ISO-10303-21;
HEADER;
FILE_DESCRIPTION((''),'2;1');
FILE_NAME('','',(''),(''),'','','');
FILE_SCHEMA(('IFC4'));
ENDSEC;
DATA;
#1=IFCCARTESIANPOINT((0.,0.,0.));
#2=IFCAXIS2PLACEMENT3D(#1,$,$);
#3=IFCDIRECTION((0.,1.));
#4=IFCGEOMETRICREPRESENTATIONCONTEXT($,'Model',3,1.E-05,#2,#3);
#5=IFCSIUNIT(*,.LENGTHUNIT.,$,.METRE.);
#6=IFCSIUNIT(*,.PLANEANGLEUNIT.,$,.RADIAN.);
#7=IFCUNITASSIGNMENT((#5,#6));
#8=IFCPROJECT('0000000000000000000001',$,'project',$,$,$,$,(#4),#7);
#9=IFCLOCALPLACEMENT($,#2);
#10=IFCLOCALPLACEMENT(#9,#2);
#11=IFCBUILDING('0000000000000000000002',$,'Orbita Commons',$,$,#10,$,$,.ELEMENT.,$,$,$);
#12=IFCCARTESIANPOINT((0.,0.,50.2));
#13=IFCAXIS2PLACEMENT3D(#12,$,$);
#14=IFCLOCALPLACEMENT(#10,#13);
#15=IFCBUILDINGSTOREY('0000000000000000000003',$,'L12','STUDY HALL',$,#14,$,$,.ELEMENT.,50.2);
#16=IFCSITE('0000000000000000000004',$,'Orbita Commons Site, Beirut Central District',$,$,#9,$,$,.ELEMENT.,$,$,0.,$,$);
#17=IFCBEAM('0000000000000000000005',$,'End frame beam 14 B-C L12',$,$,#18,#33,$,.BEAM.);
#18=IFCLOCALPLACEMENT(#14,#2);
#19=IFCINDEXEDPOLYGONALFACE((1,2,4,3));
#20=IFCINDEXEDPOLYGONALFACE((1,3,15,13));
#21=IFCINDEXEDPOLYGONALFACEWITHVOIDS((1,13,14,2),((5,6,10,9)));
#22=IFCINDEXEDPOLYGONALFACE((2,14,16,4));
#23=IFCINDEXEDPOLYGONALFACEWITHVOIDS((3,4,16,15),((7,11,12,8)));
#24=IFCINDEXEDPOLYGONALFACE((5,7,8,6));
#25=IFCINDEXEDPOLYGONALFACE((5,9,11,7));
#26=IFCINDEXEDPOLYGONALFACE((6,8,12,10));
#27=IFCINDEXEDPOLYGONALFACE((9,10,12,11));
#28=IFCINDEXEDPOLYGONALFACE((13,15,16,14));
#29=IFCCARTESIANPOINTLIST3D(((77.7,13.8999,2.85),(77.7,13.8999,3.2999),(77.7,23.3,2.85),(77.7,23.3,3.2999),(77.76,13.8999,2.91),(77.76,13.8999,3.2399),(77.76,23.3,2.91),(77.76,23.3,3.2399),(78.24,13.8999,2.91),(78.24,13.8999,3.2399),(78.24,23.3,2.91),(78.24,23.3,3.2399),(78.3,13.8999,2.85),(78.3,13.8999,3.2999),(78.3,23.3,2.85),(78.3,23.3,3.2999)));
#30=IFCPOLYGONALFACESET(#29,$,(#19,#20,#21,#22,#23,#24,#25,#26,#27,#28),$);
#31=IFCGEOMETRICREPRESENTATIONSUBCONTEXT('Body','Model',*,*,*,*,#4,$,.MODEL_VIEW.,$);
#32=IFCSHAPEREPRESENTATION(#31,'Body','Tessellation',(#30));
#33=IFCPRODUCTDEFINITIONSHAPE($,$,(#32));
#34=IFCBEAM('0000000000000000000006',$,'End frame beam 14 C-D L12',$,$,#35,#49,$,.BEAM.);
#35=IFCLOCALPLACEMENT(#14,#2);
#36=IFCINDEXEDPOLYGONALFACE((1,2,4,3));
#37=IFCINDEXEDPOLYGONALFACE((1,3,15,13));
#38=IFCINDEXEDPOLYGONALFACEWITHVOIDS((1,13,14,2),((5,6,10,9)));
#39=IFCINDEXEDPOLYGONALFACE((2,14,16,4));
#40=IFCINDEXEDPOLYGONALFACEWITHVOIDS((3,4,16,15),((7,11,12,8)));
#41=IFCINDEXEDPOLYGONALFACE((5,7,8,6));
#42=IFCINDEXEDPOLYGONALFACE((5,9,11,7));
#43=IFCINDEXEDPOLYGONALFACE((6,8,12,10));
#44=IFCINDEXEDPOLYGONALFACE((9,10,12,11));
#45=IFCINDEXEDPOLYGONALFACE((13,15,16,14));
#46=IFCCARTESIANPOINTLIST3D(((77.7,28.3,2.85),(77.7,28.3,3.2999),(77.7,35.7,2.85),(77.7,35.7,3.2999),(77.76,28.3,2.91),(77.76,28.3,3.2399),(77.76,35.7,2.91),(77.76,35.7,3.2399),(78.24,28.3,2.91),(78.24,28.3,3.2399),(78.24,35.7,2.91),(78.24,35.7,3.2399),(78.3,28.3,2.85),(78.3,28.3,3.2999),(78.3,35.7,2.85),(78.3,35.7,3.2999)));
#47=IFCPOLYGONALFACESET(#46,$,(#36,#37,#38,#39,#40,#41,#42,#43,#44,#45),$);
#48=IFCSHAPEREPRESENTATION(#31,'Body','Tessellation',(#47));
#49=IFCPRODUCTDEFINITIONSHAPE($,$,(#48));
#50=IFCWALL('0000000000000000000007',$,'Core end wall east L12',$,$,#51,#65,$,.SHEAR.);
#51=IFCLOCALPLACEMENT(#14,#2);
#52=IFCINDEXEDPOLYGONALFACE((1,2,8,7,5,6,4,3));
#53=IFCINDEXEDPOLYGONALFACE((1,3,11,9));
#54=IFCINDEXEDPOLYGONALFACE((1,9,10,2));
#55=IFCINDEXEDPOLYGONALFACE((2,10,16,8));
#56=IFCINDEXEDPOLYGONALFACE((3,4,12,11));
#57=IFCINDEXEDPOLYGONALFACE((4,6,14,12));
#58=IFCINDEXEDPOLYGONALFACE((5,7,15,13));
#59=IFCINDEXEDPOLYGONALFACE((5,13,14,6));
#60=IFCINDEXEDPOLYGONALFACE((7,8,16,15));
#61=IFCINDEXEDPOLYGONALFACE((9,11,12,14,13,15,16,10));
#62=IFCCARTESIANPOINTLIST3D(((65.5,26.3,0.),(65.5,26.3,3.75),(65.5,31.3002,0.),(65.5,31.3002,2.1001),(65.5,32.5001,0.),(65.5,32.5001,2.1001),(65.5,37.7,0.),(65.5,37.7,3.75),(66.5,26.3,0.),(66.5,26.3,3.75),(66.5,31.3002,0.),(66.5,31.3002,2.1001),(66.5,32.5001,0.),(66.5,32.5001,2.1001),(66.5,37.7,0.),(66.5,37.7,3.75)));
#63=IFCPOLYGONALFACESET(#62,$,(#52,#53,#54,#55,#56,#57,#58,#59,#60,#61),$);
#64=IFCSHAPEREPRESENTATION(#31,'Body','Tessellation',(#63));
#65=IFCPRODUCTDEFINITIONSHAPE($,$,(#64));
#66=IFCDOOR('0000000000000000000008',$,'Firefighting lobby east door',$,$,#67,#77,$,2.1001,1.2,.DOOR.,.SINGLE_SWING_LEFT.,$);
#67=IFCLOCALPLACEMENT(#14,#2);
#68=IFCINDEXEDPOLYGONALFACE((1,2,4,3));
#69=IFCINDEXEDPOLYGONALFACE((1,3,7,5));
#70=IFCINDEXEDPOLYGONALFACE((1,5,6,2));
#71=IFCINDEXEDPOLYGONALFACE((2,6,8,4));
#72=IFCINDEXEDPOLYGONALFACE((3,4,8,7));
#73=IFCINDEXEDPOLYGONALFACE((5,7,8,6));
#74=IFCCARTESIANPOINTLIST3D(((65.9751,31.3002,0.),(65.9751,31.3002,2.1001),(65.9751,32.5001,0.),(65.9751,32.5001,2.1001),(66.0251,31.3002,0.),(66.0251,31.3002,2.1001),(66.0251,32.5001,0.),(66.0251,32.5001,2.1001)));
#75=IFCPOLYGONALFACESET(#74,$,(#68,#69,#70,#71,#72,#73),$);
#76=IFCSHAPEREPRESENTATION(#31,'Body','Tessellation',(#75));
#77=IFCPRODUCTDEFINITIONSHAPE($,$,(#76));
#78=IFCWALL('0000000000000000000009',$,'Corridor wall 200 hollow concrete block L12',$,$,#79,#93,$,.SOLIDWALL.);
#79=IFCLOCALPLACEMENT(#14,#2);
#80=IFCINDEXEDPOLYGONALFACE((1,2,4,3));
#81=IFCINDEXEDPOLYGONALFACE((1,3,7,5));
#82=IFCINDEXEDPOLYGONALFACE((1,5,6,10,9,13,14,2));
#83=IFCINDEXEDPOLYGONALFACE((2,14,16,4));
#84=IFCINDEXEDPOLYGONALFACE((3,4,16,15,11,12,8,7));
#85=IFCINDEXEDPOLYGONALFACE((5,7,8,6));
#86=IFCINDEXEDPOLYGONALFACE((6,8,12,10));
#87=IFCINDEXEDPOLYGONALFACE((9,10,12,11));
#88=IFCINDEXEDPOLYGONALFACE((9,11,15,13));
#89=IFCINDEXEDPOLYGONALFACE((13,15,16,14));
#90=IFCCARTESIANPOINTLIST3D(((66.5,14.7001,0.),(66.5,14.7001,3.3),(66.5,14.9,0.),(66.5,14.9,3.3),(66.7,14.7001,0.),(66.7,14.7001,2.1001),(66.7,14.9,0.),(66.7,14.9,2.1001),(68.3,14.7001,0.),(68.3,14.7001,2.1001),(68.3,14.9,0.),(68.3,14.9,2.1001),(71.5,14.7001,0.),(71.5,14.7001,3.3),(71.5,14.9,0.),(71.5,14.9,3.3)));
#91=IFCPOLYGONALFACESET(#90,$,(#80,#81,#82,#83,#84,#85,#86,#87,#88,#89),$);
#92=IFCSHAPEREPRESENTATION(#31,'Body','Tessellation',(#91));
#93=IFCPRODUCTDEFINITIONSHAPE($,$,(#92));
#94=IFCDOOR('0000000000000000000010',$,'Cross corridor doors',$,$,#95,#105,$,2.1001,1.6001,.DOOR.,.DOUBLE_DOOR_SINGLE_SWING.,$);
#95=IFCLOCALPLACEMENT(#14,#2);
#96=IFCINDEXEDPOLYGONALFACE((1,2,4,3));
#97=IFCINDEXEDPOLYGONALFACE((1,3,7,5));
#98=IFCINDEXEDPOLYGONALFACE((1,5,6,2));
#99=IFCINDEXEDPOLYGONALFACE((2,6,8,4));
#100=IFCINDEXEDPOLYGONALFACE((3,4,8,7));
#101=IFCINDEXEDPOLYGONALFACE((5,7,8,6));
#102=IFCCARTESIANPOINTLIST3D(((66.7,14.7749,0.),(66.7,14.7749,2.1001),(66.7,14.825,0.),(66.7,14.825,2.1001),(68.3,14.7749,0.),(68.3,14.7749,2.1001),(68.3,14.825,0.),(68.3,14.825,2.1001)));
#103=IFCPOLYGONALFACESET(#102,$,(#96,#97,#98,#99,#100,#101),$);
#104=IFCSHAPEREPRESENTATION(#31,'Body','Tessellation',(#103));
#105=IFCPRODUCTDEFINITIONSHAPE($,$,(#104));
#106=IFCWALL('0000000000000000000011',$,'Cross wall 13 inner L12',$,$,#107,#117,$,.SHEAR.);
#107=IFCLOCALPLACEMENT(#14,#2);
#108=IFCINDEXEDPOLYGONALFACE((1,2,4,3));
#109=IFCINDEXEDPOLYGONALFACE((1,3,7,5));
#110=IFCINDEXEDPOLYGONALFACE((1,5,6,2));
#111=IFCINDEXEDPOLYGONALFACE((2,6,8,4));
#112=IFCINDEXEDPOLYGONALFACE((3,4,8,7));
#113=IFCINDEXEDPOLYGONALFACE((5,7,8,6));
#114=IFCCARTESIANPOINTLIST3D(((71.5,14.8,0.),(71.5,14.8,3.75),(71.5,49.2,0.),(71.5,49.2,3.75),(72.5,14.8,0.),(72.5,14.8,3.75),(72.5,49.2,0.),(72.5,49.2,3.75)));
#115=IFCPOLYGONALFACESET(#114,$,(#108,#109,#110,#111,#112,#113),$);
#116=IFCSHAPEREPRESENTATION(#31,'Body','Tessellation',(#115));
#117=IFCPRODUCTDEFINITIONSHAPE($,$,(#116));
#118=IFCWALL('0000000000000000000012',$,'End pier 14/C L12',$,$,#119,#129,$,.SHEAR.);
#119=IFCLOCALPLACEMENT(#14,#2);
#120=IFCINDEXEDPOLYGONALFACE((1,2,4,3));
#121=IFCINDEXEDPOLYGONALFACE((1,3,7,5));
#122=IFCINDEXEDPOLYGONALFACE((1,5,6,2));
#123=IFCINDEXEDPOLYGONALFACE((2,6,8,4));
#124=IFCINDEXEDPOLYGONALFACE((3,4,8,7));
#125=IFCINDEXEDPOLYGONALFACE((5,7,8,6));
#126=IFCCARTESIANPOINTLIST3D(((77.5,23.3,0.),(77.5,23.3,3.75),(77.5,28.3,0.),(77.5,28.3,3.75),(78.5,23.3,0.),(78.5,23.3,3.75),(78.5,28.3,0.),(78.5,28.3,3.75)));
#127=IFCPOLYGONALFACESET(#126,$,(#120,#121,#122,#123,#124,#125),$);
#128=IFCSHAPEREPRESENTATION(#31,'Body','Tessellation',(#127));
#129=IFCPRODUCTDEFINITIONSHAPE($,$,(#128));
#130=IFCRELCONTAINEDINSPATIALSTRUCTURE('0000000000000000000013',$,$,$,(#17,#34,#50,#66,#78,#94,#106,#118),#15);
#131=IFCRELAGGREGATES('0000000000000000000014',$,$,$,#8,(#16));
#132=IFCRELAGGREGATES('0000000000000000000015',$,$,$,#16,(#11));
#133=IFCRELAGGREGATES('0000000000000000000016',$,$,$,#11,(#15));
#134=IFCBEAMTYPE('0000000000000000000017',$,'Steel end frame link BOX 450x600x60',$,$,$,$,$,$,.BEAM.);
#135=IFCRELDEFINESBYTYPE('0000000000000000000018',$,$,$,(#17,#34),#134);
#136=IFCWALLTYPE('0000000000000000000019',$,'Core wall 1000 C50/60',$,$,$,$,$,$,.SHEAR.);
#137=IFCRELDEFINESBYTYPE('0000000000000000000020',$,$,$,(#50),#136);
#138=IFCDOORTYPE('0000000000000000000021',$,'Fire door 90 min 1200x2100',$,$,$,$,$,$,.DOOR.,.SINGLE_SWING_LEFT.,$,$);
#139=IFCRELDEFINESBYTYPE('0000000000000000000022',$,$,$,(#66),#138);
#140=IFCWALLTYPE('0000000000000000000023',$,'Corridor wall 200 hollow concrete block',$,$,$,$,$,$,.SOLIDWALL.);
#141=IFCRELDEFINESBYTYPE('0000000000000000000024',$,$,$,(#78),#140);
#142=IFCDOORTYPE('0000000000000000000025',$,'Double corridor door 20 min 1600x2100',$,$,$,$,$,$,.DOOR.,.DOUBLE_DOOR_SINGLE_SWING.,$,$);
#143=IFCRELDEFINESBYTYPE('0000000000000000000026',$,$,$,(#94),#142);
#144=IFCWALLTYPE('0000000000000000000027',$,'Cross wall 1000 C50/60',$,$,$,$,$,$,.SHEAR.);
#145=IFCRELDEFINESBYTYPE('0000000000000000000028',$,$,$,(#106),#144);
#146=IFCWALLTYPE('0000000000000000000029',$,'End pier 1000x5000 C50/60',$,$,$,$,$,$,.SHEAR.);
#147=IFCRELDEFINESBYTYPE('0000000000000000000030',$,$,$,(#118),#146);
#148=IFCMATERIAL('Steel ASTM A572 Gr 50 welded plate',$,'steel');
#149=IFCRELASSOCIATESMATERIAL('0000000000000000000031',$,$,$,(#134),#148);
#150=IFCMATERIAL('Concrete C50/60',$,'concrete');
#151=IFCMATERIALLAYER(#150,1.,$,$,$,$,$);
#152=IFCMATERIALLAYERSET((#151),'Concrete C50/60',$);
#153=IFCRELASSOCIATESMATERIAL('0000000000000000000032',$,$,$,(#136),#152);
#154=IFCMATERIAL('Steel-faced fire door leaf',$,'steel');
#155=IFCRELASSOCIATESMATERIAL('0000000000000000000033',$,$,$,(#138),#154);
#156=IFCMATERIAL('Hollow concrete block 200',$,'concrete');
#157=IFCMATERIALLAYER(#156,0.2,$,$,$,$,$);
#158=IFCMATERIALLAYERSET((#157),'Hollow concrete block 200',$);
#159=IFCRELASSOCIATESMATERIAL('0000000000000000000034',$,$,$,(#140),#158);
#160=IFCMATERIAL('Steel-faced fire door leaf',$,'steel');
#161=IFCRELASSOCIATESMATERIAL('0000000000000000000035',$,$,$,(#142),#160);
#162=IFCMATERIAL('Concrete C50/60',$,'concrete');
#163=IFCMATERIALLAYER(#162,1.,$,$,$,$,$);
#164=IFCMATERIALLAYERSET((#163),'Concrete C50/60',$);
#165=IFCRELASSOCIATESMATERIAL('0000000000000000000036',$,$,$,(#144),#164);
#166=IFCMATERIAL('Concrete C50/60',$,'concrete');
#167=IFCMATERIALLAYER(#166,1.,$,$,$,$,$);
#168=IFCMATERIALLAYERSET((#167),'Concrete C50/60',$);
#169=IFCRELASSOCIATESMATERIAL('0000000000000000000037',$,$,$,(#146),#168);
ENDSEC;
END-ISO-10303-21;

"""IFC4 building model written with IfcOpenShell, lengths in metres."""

from ifc_helpers import new_model, si_unit, direction, frame, frame_2d, origin, origin_2d, place, context, subcontext, project, spatial, rectangle, hollow_rectangle, extrude, material, layer, layer_set, material_profile, profile_set, type_object, element, fill, save


model = new_model("IFC4")

# Units and contexts
model_context = context("Model", 3, precision=1e-05, world=origin(), true_north=direction((0.0, 1.0)))
body_context = subcontext(model_context, "Body", "Model", "MODEL_VIEW")
ifc_project = project(units=[si_unit("LENGTHUNIT", "METRE"), si_unit("PLANEANGLEUNIT", "RADIAN")], contexts=[model_context])

# Site, building, storey
site_placement = place(None, origin())
site = spatial("IfcSite", under=ifc_project, at=site_placement, Name="Orbita Commons Site, Beirut Central District", CompositionType="ELEMENT", RefElevation=0.0)
building_placement = place(site_placement, origin())
building = spatial("IfcBuilding", under=site, at=building_placement, Name="Orbita Commons", CompositionType="ELEMENT")
storey_placement = place(building_placement, frame((0.0, 0.0, 50.2)))
storey = spatial("IfcBuildingStorey", under=building, at=storey_placement, Name="L12", Description="STUDY HALL", CompositionType="ELEMENT", Elevation=50.2)

# Beams
ifc_material_1 = material(Name="Steel ASTM A572 Gr 50 welded plate", Category="steel")
ifc_material_profile = material_profile(ifc_material_1, hollow_rectangle(XDim=0.6001, YDim=0.45, WallThickness=0.0601, at=origin_2d()), Name="BOX 450x600x60")
ifc_profile_set = profile_set([ifc_material_profile], Name="Steel ASTM A572 Gr 50 welded plate")
beam_type = type_object("IfcBeamType", Name="Steel end frame link BOX 450x600x60", PredefinedType="BEAM", material=ifc_profile_set)
beam_1_placement = place(storey_placement, frame((78.0, 13.8999, 3.075), z_axis=(0.0, 1.0, 0.0), x_axis=(-1.0, 0.0, 0.0)))
element("IfcBeam", 1, at=beam_1_placement, inside=storey, type_object=beam_type, Name="End frame beam 14 B-C L12", PredefinedType="BEAM", context=body_context, shape_type="SweptSolid", body=[
    extrude(hollow_rectangle(XDim=0.6001, YDim=0.45, WallThickness=0.0601, at=origin_2d()), origin(), (0.0, 0.0, 1.0), 9.4001),
])
beam_2_placement = place(storey_placement, frame((78.0, 28.3, 3.075), z_axis=(0.0, 1.0, 0.0), x_axis=(-1.0, 0.0, 0.0)))
element("IfcBeam", 2, at=beam_2_placement, inside=storey, type_object=beam_type, Name="End frame beam 14 C-D L12", PredefinedType="BEAM", context=body_context, shape_type="SweptSolid", body=[
    extrude(hollow_rectangle(XDim=0.6001, YDim=0.45, WallThickness=0.0601, at=origin_2d()), origin(), (0.0, 0.0, 1.0), 7.3999),
])

# Walls, openings, doors
ifc_material_2 = material(Name="Concrete C50/60", Category="concrete")
ifc_layer_1 = layer(ifc_material_2, 1.0)
ifc_layer_set_1 = layer_set([ifc_layer_1], Name="Concrete C50/60")
wall_type_1 = type_object("IfcWallType", Name="Core wall 1000 C50/60", PredefinedType="SHEAR", material=ifc_layer_set_1)
wall_1_placement = place(storey_placement, frame((66.0, 26.3, 0.0), z_axis=(0.0, 0.0, 1.0), x_axis=(0.0, 1.0, 0.0)))
wall_1 = element("IfcWall", 3, at=wall_1_placement, inside=storey, type_object=wall_type_1, Name="Core end wall east L12", PredefinedType="SHEAR", context=body_context, shape_type="SweptSolid", body=[
    extrude(rectangle(XDim=11.3999, YDim=1.0, at=frame_2d((5.7, 0.0))), origin(), (0.0, 0.0, 1.0), 3.75),
])
opening_1_placement = place(wall_1_placement, frame((5.0, 0.0, 0.0)))
opening_1 = element("IfcOpeningElement", 4, at=opening_1_placement, cuts=wall_1, PredefinedType="OPENING", context=body_context, shape_type="SweptSolid", body=[
    extrude(rectangle(XDim=1.2, YDim=2.1001, at=frame_2d((0.6001, 1.05))), frame((0.0, 0.51, 0.0), z_axis=(0.0, -1.0, 0.0), x_axis=(1.0, 0.0, 0.0)), (0.0, 0.0, 1.0), 1.02),
])
ifc_material_3 = material(Name="Steel-faced fire door leaf", Category="steel")
door_type_1 = type_object("IfcDoorType", Name="Fire door 90 min 1200x2100", OperationType="SINGLE_SWING_LEFT", PredefinedType="DOOR", material=ifc_material_3)
door_1_placement = place(opening_1_placement, origin())
door_1 = element("IfcDoor", 5, at=door_1_placement, inside=storey, type_object=door_type_1, Name="Firefighting lobby east door", OperationType="SINGLE_SWING_LEFT", OverallHeight=2.1001, OverallWidth=1.2, PredefinedType="DOOR", context=body_context, shape_type="SweptSolid", body=[
    extrude(rectangle(XDim=1.2, YDim=2.1001, at=frame_2d((0.6001, 1.05))), frame((0.0, 0.0249, 0.0), z_axis=(0.0, -1.0, 0.0), x_axis=(1.0, 0.0, 0.0)), (0.0, 0.0, 1.0), 0.05),
])
fill(opening_1, door_1)
ifc_material_4 = material(Name="Hollow concrete block 200", Category="concrete")
ifc_layer_2 = layer(ifc_material_4, 0.2)
ifc_layer_set_2 = layer_set([ifc_layer_2], Name="Hollow concrete block 200")
wall_type_2 = type_object("IfcWallType", Name="Corridor wall 200 hollow concrete block", PredefinedType="SOLIDWALL", material=ifc_layer_set_2)
wall_2_placement = place(storey_placement, frame((66.5, 14.8, 0.0), z_axis=(0.0, 0.0, 1.0), x_axis=(1.0, 0.0, 0.0)))
wall_2 = element("IfcWall", 6, at=wall_2_placement, inside=storey, type_object=wall_type_2, Name="Corridor wall 200 hollow concrete block L12", PredefinedType="SOLIDWALL", context=body_context, shape_type="SweptSolid", body=[
    extrude(rectangle(XDim=5.0, YDim=0.2, at=frame_2d((2.5, 0.0))), origin(), (0.0, 0.0, 1.0), 3.3),
])
opening_2_placement = place(wall_2_placement, frame((0.2, 0.0, 0.0)))
opening_2 = element("IfcOpeningElement", 7, at=opening_2_placement, cuts=wall_2, PredefinedType="OPENING", context=body_context, shape_type="SweptSolid", body=[
    extrude(rectangle(XDim=1.6001, YDim=2.1001, at=frame_2d((0.8, 1.05))), frame((0.0, 0.1099, 0.0), z_axis=(0.0, -1.0, 0.0), x_axis=(1.0, 0.0, 0.0)), (0.0, 0.0, 1.0), 0.22),
])
ifc_material_5 = material(Name="Steel-faced fire door leaf", Category="steel")
door_type_2 = type_object("IfcDoorType", Name="Double corridor door 20 min 1600x2100", OperationType="DOUBLE_DOOR_SINGLE_SWING", PredefinedType="DOOR", material=ifc_material_5)
door_2_placement = place(opening_2_placement, origin())
door_2 = element("IfcDoor", 8, at=door_2_placement, inside=storey, type_object=door_type_2, Name="Cross corridor doors", OperationType="DOUBLE_DOOR_SINGLE_SWING", OverallHeight=2.1001, OverallWidth=1.6001, PredefinedType="DOOR", context=body_context, shape_type="SweptSolid", body=[
    extrude(rectangle(XDim=1.6001, YDim=2.1001, at=frame_2d((0.8, 1.05))), frame((0.0, 0.0249, 0.0), z_axis=(0.0, -1.0, 0.0), x_axis=(1.0, 0.0, 0.0)), (0.0, 0.0, 1.0), 0.05),
])
fill(opening_2, door_2)

# Walls
ifc_material_6 = material(Name="Concrete C50/60", Category="concrete")
ifc_layer_3 = layer(ifc_material_6, 1.0)
ifc_layer_set_3 = layer_set([ifc_layer_3], Name="Concrete C50/60")
wall_type_3 = type_object("IfcWallType", Name="Cross wall 1000 C50/60", PredefinedType="SHEAR", material=ifc_layer_set_3)
wall_3_placement = place(storey_placement, frame((72.0, 14.8, 0.0), z_axis=(0.0, 0.0, 1.0), x_axis=(0.0, 1.0, 0.0)))
element("IfcWall", 9, at=wall_3_placement, inside=storey, type_object=wall_type_3, Name="Cross wall 13 inner L12", PredefinedType="SHEAR", context=body_context, shape_type="SweptSolid", body=[
    extrude(rectangle(XDim=34.3999, YDim=1.0, at=frame_2d((17.2, 0.0))), origin(), (0.0, 0.0, 1.0), 3.75),
])
ifc_material_7 = material(Name="Concrete C50/60", Category="concrete")
ifc_layer_4 = layer(ifc_material_7, 1.0)
ifc_layer_set_4 = layer_set([ifc_layer_4], Name="Concrete C50/60")
wall_type_4 = type_object("IfcWallType", Name="End pier 1000x5000 C50/60", PredefinedType="SHEAR", material=ifc_layer_set_4)
wall_4_placement = place(storey_placement, frame((78.0, 23.3, 0.0), z_axis=(0.0, 0.0, 1.0), x_axis=(0.0, 1.0, 0.0)))
element("IfcWall", 10, at=wall_4_placement, inside=storey, type_object=wall_type_4, Name="End pier 14/C L12", PredefinedType="SHEAR", context=body_context, shape_type="SweptSolid", body=[
    extrude(rectangle(XDim=5.0, YDim=1.0, at=frame_2d((2.5, 0.0))), origin(), (0.0, 0.0, 1.0), 3.75),
])

save(model, "model.ifc")
